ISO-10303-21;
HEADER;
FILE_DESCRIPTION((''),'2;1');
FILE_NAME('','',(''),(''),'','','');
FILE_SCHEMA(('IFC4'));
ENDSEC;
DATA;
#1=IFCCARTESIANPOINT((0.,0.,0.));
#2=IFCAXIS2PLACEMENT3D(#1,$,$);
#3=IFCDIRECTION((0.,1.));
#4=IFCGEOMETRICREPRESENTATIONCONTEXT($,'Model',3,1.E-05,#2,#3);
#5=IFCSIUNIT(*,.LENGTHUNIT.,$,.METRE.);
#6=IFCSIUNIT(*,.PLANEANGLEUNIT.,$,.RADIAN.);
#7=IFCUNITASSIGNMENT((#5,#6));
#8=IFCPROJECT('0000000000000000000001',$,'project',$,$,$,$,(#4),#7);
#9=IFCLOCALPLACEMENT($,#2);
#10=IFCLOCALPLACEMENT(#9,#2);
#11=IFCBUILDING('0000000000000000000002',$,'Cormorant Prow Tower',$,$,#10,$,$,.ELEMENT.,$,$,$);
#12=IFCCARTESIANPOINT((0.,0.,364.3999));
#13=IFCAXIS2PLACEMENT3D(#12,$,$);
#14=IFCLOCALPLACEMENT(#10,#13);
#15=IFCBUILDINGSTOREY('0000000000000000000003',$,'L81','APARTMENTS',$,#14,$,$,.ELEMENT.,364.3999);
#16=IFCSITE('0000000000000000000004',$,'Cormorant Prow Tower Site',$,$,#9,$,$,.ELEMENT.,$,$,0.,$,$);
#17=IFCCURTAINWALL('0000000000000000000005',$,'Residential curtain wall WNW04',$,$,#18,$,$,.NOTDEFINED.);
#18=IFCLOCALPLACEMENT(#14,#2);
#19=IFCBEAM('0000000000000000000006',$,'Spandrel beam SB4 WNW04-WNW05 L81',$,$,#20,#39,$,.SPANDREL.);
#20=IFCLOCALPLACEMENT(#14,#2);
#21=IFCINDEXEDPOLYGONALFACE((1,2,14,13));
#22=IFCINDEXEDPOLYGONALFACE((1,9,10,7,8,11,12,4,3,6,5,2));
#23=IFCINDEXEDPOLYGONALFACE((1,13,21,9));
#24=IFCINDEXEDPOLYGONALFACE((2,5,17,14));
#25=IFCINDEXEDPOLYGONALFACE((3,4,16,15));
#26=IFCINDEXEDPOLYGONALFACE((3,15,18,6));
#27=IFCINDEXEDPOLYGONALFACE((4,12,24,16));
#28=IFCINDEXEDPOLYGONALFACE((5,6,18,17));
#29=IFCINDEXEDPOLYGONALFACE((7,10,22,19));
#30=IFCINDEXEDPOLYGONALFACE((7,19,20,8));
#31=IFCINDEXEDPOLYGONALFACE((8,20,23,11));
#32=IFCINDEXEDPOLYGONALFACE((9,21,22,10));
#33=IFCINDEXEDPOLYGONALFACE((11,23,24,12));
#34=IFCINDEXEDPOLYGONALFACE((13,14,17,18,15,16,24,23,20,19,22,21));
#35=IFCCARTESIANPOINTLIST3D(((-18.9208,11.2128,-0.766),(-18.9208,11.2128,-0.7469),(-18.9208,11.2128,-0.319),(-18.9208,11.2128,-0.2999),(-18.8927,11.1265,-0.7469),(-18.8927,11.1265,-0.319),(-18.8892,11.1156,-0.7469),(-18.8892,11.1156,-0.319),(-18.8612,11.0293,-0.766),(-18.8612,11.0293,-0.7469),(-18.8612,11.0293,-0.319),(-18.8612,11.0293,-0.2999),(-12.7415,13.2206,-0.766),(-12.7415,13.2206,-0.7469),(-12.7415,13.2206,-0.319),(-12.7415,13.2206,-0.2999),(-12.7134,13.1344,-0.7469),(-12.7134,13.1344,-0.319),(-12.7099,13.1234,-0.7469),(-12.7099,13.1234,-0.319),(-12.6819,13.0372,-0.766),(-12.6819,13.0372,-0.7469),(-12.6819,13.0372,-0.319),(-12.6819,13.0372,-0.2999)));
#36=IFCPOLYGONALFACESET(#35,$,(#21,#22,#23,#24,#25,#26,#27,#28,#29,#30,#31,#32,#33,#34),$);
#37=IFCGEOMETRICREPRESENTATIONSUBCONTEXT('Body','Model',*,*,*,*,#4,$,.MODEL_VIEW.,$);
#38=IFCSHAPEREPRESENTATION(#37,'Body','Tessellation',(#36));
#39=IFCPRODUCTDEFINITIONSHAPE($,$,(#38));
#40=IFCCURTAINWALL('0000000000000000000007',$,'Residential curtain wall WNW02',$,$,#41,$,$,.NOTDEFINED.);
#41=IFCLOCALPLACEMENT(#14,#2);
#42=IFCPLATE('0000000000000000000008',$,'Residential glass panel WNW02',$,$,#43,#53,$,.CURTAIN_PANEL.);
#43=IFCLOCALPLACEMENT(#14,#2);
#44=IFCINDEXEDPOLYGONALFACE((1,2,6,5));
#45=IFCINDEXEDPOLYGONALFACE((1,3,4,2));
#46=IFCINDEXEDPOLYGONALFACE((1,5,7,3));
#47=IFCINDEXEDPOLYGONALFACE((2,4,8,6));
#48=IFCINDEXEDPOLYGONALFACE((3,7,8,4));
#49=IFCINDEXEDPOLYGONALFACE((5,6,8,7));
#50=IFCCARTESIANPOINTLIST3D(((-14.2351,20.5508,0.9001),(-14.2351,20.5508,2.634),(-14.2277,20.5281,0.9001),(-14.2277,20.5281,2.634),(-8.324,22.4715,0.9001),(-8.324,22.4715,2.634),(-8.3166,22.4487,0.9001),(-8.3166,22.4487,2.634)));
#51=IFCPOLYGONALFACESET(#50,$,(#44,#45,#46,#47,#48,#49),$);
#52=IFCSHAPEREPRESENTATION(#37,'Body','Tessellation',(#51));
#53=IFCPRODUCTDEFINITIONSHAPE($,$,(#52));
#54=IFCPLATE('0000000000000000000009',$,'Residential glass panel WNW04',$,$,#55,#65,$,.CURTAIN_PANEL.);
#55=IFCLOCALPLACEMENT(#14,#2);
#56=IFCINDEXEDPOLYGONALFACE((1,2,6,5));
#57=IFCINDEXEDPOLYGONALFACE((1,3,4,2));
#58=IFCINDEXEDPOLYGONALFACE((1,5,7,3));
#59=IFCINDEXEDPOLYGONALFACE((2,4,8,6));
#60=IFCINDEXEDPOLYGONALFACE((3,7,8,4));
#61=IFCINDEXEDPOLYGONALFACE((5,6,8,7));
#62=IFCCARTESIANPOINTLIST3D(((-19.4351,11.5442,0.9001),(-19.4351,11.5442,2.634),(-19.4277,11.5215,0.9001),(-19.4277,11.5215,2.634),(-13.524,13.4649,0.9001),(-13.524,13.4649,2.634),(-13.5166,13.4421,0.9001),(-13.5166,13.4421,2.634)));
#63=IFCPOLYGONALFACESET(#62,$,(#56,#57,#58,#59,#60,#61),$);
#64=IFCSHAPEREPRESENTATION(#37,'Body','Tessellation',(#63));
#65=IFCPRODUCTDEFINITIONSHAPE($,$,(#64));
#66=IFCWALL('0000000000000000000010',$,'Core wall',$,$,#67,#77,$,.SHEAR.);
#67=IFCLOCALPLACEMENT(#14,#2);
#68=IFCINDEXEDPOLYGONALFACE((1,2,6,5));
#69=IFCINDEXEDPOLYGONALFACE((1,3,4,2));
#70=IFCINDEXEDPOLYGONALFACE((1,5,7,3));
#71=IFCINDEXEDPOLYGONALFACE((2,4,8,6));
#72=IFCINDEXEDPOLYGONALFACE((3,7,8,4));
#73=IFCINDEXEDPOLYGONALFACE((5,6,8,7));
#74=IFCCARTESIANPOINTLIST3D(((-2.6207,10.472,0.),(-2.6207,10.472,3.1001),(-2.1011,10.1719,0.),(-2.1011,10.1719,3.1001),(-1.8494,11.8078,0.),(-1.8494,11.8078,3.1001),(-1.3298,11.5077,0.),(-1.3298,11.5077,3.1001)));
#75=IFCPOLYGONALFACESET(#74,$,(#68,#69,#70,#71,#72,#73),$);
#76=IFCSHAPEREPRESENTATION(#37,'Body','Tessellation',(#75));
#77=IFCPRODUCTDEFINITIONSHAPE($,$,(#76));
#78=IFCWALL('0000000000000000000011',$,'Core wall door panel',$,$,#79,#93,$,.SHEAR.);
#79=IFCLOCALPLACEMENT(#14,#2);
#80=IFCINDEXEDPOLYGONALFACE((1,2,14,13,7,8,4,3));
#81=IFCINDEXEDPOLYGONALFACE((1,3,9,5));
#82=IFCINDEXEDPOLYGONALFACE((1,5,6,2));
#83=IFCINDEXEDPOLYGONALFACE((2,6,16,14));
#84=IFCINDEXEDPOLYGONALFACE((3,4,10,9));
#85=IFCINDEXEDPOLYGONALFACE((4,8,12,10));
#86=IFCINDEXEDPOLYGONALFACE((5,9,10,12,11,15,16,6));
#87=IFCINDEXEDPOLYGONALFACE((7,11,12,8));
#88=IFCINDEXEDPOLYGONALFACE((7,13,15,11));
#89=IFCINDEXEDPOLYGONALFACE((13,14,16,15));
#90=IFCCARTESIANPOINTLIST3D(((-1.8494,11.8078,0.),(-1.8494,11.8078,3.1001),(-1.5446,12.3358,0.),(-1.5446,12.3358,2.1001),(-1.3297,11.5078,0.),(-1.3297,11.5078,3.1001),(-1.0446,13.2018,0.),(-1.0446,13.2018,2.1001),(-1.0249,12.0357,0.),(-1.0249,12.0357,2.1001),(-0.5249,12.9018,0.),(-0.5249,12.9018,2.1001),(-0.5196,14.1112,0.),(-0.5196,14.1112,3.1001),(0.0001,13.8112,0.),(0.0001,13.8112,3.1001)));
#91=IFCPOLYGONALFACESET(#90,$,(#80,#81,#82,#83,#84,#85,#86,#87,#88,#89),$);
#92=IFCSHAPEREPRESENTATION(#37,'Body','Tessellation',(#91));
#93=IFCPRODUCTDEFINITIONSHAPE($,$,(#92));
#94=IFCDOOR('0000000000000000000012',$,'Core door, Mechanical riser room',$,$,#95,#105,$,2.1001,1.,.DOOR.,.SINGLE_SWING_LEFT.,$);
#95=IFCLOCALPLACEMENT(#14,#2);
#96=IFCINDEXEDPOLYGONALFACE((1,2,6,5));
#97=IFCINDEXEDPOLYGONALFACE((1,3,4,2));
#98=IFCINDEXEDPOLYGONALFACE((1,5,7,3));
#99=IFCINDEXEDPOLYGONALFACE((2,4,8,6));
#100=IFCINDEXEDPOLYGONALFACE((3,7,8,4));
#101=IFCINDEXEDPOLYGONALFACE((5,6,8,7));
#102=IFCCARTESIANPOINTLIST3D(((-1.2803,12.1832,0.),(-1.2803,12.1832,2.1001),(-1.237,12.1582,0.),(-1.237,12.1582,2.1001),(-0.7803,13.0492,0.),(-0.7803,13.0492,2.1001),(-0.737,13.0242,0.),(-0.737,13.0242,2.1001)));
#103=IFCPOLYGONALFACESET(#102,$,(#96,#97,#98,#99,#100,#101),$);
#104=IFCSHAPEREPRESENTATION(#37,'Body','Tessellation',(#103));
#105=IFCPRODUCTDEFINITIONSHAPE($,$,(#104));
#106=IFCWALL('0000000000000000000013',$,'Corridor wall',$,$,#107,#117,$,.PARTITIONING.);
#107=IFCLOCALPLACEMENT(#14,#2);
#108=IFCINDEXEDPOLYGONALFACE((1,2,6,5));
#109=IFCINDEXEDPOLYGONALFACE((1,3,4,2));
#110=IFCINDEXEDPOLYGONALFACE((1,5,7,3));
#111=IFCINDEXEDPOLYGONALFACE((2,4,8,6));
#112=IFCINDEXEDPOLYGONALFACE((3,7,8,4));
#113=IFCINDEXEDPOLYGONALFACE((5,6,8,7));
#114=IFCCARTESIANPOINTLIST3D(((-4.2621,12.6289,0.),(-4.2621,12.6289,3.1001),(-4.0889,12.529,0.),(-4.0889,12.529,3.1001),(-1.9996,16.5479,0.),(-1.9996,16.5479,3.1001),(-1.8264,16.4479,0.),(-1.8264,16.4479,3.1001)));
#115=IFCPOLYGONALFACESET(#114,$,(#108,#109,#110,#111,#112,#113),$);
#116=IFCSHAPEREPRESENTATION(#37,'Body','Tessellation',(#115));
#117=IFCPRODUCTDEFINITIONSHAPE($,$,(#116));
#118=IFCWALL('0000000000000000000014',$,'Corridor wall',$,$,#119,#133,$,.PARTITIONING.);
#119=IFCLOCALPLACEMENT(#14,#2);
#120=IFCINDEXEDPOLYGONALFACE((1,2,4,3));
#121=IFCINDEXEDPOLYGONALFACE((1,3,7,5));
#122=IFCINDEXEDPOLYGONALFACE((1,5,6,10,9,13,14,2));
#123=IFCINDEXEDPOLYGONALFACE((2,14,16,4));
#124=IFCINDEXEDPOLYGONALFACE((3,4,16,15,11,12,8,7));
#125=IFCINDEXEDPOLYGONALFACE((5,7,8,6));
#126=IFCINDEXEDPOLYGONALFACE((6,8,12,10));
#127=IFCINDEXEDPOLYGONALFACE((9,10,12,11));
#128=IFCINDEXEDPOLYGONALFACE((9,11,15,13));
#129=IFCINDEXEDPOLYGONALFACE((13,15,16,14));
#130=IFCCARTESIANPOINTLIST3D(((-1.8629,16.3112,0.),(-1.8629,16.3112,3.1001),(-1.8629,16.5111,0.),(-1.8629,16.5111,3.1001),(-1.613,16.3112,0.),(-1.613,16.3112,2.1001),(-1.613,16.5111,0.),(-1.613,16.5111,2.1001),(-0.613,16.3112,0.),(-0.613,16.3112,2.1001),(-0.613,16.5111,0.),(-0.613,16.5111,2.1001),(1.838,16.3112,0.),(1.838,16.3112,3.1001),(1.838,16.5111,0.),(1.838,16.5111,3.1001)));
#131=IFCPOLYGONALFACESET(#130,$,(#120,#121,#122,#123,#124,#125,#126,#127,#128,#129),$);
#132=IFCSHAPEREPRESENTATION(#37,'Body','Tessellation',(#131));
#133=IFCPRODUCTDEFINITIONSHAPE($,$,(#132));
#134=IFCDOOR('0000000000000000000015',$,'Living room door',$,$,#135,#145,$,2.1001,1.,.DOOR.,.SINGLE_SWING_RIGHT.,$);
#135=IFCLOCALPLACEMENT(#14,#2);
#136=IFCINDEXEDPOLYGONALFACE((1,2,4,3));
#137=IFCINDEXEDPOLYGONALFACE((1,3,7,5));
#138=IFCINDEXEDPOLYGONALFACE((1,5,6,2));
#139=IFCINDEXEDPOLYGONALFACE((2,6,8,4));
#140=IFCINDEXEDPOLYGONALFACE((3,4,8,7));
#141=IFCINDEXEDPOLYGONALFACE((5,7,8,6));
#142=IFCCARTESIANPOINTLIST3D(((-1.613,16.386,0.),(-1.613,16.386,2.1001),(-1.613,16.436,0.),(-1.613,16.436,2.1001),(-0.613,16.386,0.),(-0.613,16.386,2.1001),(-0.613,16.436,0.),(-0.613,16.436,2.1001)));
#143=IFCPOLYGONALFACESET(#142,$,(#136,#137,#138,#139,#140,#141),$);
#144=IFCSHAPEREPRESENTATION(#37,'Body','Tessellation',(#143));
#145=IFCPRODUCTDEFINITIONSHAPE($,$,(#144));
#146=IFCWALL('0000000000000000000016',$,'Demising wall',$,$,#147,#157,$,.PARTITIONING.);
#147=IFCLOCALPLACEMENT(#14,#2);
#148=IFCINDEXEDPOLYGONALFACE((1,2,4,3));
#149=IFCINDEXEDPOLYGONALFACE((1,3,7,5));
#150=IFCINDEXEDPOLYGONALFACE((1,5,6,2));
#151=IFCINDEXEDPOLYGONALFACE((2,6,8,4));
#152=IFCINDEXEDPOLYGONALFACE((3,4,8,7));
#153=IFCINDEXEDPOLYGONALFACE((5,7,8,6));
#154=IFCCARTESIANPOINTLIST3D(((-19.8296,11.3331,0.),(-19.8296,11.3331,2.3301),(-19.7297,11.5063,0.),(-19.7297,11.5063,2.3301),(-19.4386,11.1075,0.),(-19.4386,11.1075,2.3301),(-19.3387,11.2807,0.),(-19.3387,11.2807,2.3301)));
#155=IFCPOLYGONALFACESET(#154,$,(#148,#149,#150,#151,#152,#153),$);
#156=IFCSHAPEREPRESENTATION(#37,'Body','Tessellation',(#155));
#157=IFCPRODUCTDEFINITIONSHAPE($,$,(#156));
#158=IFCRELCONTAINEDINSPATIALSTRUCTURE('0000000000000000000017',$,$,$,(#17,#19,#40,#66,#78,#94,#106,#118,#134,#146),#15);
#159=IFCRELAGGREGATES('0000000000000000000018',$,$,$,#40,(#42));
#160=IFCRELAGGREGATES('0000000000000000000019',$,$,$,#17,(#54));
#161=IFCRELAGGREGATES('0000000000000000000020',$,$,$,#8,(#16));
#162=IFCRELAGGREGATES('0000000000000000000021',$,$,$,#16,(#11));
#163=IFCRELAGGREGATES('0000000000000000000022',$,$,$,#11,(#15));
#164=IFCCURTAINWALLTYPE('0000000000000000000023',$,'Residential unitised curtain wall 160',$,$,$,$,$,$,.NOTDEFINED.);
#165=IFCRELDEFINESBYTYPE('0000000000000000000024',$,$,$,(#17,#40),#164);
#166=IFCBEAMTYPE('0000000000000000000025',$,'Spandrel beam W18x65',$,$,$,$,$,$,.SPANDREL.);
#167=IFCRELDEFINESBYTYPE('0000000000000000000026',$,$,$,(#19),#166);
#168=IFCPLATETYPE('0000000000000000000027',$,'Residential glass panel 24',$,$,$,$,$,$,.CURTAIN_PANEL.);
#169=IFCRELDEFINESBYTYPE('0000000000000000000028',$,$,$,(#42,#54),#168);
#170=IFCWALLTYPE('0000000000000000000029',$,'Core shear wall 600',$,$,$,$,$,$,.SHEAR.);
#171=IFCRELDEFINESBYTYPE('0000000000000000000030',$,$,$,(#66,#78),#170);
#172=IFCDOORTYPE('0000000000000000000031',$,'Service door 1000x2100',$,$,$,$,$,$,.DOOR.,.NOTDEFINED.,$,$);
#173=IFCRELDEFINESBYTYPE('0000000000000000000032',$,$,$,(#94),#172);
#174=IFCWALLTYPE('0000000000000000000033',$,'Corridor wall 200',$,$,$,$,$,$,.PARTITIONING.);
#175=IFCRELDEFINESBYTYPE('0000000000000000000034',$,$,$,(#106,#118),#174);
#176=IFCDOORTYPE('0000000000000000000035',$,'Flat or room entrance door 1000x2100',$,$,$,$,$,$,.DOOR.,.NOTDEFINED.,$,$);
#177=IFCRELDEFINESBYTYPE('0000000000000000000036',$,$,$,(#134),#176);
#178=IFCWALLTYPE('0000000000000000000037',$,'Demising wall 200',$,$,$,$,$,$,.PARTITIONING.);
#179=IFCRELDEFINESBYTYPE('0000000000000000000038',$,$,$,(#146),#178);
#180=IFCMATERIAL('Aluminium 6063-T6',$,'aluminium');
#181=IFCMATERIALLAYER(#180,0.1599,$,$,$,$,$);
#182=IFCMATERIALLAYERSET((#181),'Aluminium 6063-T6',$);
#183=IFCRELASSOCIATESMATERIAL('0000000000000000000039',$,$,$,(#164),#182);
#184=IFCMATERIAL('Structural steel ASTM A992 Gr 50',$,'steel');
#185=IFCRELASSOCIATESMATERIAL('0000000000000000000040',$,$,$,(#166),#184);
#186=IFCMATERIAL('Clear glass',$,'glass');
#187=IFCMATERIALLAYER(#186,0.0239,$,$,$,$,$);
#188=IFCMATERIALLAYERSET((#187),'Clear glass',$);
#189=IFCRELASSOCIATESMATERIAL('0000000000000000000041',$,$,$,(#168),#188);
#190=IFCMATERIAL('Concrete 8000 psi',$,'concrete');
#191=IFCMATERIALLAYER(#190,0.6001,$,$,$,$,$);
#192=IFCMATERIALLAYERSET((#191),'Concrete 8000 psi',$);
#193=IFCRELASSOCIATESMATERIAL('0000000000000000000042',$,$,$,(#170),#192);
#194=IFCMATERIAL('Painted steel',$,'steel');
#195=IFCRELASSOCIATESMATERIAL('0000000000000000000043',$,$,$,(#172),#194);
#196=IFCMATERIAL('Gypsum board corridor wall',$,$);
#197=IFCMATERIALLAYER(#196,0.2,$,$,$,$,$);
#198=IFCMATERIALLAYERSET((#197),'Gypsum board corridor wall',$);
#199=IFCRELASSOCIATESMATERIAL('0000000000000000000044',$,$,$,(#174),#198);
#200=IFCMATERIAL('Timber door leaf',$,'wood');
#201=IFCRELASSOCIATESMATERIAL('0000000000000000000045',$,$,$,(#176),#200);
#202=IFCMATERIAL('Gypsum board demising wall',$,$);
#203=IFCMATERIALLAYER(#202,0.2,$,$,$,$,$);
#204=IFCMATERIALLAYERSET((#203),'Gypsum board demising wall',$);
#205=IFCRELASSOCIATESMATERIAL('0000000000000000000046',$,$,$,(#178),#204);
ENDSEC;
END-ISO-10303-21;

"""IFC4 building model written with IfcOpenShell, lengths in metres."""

from ifc_helpers import new_model, si_unit, direction, frame, frame_2d, origin, origin_2d, place, context, subcontext, project, spatial, rectangle, i_section, extrude, material, layer, layer_set, material_profile, profile_set, type_object, element, fill, aggregate, save


model = new_model("IFC4")

# Units and contexts
model_context = context("Model", 3, precision=1e-05, world=origin(), true_north=direction((0.0, 1.0)))
body_context = subcontext(model_context, "Body", "Model", "MODEL_VIEW")
ifc_project = project(units=[si_unit("LENGTHUNIT", "METRE"), si_unit("PLANEANGLEUNIT", "RADIAN")], contexts=[model_context])

# Site, building, storey
site_placement = place(None, origin())
site = spatial("IfcSite", under=ifc_project, at=site_placement, Name="Cormorant Prow Tower Site", CompositionType="ELEMENT", RefElevation=0.0)
building_placement = place(site_placement, origin())
building = spatial("IfcBuilding", under=site, at=building_placement, Name="Cormorant Prow Tower", CompositionType="ELEMENT")
storey_placement = place(building_placement, frame((0.0, 0.0, 364.3999)))
storey = spatial("IfcBuildingStorey", under=building, at=storey_placement, Name="L81", Description="APARTMENTS", CompositionType="ELEMENT", Elevation=364.3999)

# Curtain wall
ifc_material_1 = material(Name="Aluminium 6063-T6", Category="aluminium")
ifc_layer_1 = layer(ifc_material_1, 0.1599)
ifc_layer_set_1 = layer_set([ifc_layer_1], Name="Aluminium 6063-T6")
curtain_wall_type = type_object("IfcCurtainWallType", Name="Residential unitised curtain wall 160", PredefinedType="NOTDEFINED", material=ifc_layer_set_1)
curtain_wall_1_placement = place(storey_placement, origin())
curtain_wall_1 = element("IfcCurtainWall", 1, at=curtain_wall_1_placement, inside=storey, type_object=curtain_wall_type, Name="Residential curtain wall WNW04", PredefinedType="NOTDEFINED")

# Beam
ifc_material_2 = material(Name="Structural steel ASTM A992 Gr 50", Category="steel")
ifc_material_profile_1 = material_profile(ifc_material_2, i_section(OverallWidth=0.1929, OverallDepth=0.4661, WebThickness=0.0115, FlangeThickness=0.019, at=origin_2d()), Name="W18x65")
ifc_profile_set_1 = profile_set([ifc_material_profile_1], Name="Structural steel ASTM A992 Gr 50")
beam_type_1 = type_object("IfcBeamType", Name="Spandrel beam W18x65", PredefinedType="SPANDREL", material=ifc_profile_set_1)
beam_1_placement = place(storey_placement, frame((-12.7117, 13.1289, -0.533), z_axis=(-0.951053, -0.309027, 0.0), x_axis=(0.309027, -0.951053, 0.0)))
element("IfcBeam", 2, at=beam_1_placement, inside=storey, type_object=beam_type_1, Name="Spandrel beam SB4 WNW04-WNW05 L81", PredefinedType="SPANDREL", context=body_context, shape_type="SweptSolid", body=[
    extrude(i_section(OverallWidth=0.1929, OverallDepth=0.4661, WebThickness=0.0115, FlangeThickness=0.019, at=origin_2d()), origin(), (0.0, 0.0, 1.0), 6.4973),
])

# Curtain wall, plate
curtain_wall_2_placement = place(storey_placement, origin())
curtain_wall_2 = element("IfcCurtainWall", 3, at=curtain_wall_2_placement, inside=storey, type_object=curtain_wall_type, Name="Residential curtain wall WNW02", PredefinedType="NOTDEFINED")
ifc_material_3 = material(Name="Clear glass", Category="glass")
ifc_layer_2 = layer(ifc_material_3, 0.0239)
ifc_layer_set_2 = layer_set([ifc_layer_2], Name="Clear glass")
plate_type = type_object("IfcPlateType", Name="Residential glass panel 24", PredefinedType="CURTAIN_PANEL", material=ifc_layer_set_2)
plate_1_placement = place(storey_placement, frame((-11.2759, 21.4998, 0.9001), z_axis=(0.0, 0.0, 1.0), x_axis=(-0.951057, -0.309017, 0.0)))
plate_1 = element("IfcPlate", 4, at=plate_1_placement, type_object=plate_type, Name="Residential glass panel WNW02", PredefinedType="CURTAIN_PANEL", context=body_context, shape_type="SweptSolid", body=[
    extrude(rectangle(XDim=6.2153, YDim=0.0239, at=origin_2d()), origin(), (0.0, 0.0, 1.0), 1.7339),
])
aggregate(curtain_wall_2, [plate_1])

# Plate
plate_2_placement = place(storey_placement, frame((-16.4758, 12.4932, 0.9001), z_axis=(0.0, 0.0, 1.0), x_axis=(-0.951057, -0.309017, 0.0)))
plate_2 = element("IfcPlate", 5, at=plate_2_placement, type_object=plate_type, Name="Residential glass panel WNW04", PredefinedType="CURTAIN_PANEL", context=body_context, shape_type="SweptSolid", body=[
    extrude(rectangle(XDim=6.2153, YDim=0.0239, at=origin_2d()), origin(), (0.0, 0.0, 1.0), 1.7339),
])
aggregate(curtain_wall_1, [plate_2])

# Wall
ifc_material_4 = material(Name="Concrete 8000 psi", Category="concrete")
ifc_layer_3 = layer(ifc_material_4, 0.6001)
ifc_layer_set_3 = layer_set([ifc_layer_3], Name="Concrete 8000 psi")
wall_type_1 = type_object("IfcWallType", Name="Core shear wall 600", PredefinedType="SHEAR", material=ifc_layer_set_3)
wall_1_placement = place(storey_placement, frame((-1.5896, 11.6577, 0.0), z_axis=(0.0, 0.0, 1.0), x_axis=(-0.500038, -0.866004, 0.0)))
element("IfcWall", 6, at=wall_1_placement, inside=storey, type_object=wall_type_1, Name="Core wall", PredefinedType="SHEAR", context=body_context, shape_type="SweptSolid", body=[
    extrude(rectangle(XDim=1.5425, YDim=0.6001, at=frame_2d((0.7712, 0.0))), origin(), (0.0, 0.0, 1.0), 3.1001),
])

# Wall, opening, door
wall_2_placement = place(storey_placement, frame((-0.2598, 13.9612, 0.0), z_axis=(0.0, 0.0, 1.0), x_axis=(-0.499979, -0.866037, 0.0)))
wall_2 = element("IfcWall", 7, at=wall_2_placement, inside=storey, type_object=wall_type_1, Name="Core wall door panel", PredefinedType="SHEAR", context=body_context, shape_type="SweptSolid", body=[
    extrude(rectangle(XDim=2.6597, YDim=0.6001, at=frame_2d((1.3298, 0.0))), origin(), (0.0, 0.0, 1.0), 3.1001),
])
opening_1_placement = place(wall_2_placement, frame((1.05, 0.0, 0.0)))
opening_1 = element("IfcOpeningElement", 8, at=opening_1_placement, cuts=wall_2, PredefinedType="OPENING", context=body_context, shape_type="SweptSolid", body=[
    extrude(rectangle(XDim=1.0, YDim=2.1001, at=frame_2d((0.5, 1.05))), frame((0.0, 0.3101, 0.0), z_axis=(0.0, -1.0, 0.0), x_axis=(1.0, 0.0, 0.0)), (0.0, 0.0, 1.0), 0.6201),
])
ifc_material_5 = material(Name="Painted steel", Category="steel")
door_type_1 = type_object("IfcDoorType", Name="Service door 1000x2100", OperationType="NOTDEFINED", PredefinedType="DOOR", material=ifc_material_5)
door_1_placement = place(opening_1_placement, origin())
door_1 = element("IfcDoor", 9, at=door_1_placement, inside=storey, type_object=door_type_1, Name="Core door, Mechanical riser room", OperationType="SINGLE_SWING_LEFT", OverallHeight=2.1001, OverallWidth=1.0, PredefinedType="DOOR", context=body_context, shape_type="SweptSolid", body=[
    extrude(rectangle(XDim=1.0, YDim=2.1001, at=frame_2d((0.5, 1.05))), frame((0.0, 0.0552, 0.0), z_axis=(0.0, -1.0, 0.0), x_axis=(1.0, 0.0, 0.0)), (0.0, 0.0, 1.0), 0.05),
])
fill(opening_1, door_1)

# Wall
ifc_material_6 = material(Name="Gypsum board corridor wall")
ifc_layer_4 = layer(ifc_material_6, 0.2)
ifc_layer_set_4 = layer_set([ifc_layer_4], Name="Gypsum board corridor wall")
wall_type_2 = type_object("IfcWallType", Name="Corridor wall 200", PredefinedType="PARTITIONING", material=ifc_layer_set_4)
wall_3_placement = place(storey_placement, frame((-4.1755, 12.5789, 0.0), z_axis=(0.0, 0.0, 1.0), x_axis=(0.499975, 0.86604, 0.0)))
element("IfcWall", 10, at=wall_3_placement, inside=storey, type_object=wall_type_2, Name="Corridor wall", PredefinedType="PARTITIONING", context=body_context, shape_type="SweptSolid", body=[
    extrude(rectangle(XDim=4.5251, YDim=0.2, at=frame_2d((2.2627, 0.0))), origin(), (0.0, 0.0, 1.0), 3.1001),
])

# Wall, opening, door
wall_4_placement = place(storey_placement, frame((-1.863, 16.4111, 0.0), z_axis=(0.0, 0.0, 1.0), x_axis=(1.0, 0.0, 0.0)))
wall_4 = element("IfcWall", 11, at=wall_4_placement, inside=storey, type_object=wall_type_2, Name="Corridor wall", PredefinedType="PARTITIONING", context=body_context, shape_type="SweptSolid", body=[
    extrude(rectangle(XDim=3.7009, YDim=0.2, at=frame_2d((1.8506, 0.0))), origin(), (0.0, 0.0, 1.0), 3.1001),
])
opening_2_placement = place(wall_4_placement, frame((0.25, 0.0, 0.0)))
opening_2 = element("IfcOpeningElement", 12, at=opening_2_placement, cuts=wall_4, PredefinedType="OPENING", context=body_context, shape_type="SweptSolid", body=[
    extrude(rectangle(XDim=1.0, YDim=2.1001, at=frame_2d((0.5, 1.05))), frame((0.0, 0.1099, 0.0), z_axis=(0.0, -1.0, 0.0), x_axis=(1.0, 0.0, 0.0)), (0.0, 0.0, 1.0), 0.22),
])
ifc_material_7 = material(Name="Timber door leaf", Category="wood")
door_type_2 = type_object("IfcDoorType", Name="Flat or room entrance door 1000x2100", OperationType="NOTDEFINED", PredefinedType="DOOR", material=ifc_material_7)
door_2_placement = place(opening_2_placement, origin())
door_2 = element("IfcDoor", 13, at=door_2_placement, inside=storey, type_object=door_type_2, Name="Living room door", OperationType="SINGLE_SWING_RIGHT", OverallHeight=2.1001, OverallWidth=1.0, PredefinedType="DOOR", context=body_context, shape_type="SweptSolid", body=[
    extrude(rectangle(XDim=1.0, YDim=2.1001, at=frame_2d((0.5, 1.05))), frame((0.0, 0.0249, 0.0), z_axis=(0.0, -1.0, 0.0), x_axis=(1.0, 0.0, 0.0)), (0.0, 0.0, 1.0), 0.05),
])
fill(opening_2, door_2)

# Wall
ifc_material_8 = material(Name="Gypsum board demising wall")
ifc_layer_5 = layer(ifc_material_8, 0.2)
ifc_layer_set_5 = layer_set([ifc_layer_5], Name="Gypsum board demising wall")
wall_type_3 = type_object("IfcWallType", Name="Demising wall 200", PredefinedType="PARTITIONING", material=ifc_layer_set_5)
wall_5_placement = place(storey_placement, frame((-19.7795, 11.4197, 0.0), z_axis=(0.0, 0.0, 1.0), x_axis=(0.866105, -0.499863, 0.0)))
element("IfcWall", 14, at=wall_5_placement, inside=storey, type_object=wall_type_3, Name="Demising wall", PredefinedType="PARTITIONING", context=body_context, shape_type="SweptSolid", body=[
    extrude(rectangle(XDim=0.4514, YDim=0.2, at=frame_2d((0.2256, 0.0))), origin(), (0.0, 0.0, 1.0), 2.3301),
])

save(model, "model.ifc")
